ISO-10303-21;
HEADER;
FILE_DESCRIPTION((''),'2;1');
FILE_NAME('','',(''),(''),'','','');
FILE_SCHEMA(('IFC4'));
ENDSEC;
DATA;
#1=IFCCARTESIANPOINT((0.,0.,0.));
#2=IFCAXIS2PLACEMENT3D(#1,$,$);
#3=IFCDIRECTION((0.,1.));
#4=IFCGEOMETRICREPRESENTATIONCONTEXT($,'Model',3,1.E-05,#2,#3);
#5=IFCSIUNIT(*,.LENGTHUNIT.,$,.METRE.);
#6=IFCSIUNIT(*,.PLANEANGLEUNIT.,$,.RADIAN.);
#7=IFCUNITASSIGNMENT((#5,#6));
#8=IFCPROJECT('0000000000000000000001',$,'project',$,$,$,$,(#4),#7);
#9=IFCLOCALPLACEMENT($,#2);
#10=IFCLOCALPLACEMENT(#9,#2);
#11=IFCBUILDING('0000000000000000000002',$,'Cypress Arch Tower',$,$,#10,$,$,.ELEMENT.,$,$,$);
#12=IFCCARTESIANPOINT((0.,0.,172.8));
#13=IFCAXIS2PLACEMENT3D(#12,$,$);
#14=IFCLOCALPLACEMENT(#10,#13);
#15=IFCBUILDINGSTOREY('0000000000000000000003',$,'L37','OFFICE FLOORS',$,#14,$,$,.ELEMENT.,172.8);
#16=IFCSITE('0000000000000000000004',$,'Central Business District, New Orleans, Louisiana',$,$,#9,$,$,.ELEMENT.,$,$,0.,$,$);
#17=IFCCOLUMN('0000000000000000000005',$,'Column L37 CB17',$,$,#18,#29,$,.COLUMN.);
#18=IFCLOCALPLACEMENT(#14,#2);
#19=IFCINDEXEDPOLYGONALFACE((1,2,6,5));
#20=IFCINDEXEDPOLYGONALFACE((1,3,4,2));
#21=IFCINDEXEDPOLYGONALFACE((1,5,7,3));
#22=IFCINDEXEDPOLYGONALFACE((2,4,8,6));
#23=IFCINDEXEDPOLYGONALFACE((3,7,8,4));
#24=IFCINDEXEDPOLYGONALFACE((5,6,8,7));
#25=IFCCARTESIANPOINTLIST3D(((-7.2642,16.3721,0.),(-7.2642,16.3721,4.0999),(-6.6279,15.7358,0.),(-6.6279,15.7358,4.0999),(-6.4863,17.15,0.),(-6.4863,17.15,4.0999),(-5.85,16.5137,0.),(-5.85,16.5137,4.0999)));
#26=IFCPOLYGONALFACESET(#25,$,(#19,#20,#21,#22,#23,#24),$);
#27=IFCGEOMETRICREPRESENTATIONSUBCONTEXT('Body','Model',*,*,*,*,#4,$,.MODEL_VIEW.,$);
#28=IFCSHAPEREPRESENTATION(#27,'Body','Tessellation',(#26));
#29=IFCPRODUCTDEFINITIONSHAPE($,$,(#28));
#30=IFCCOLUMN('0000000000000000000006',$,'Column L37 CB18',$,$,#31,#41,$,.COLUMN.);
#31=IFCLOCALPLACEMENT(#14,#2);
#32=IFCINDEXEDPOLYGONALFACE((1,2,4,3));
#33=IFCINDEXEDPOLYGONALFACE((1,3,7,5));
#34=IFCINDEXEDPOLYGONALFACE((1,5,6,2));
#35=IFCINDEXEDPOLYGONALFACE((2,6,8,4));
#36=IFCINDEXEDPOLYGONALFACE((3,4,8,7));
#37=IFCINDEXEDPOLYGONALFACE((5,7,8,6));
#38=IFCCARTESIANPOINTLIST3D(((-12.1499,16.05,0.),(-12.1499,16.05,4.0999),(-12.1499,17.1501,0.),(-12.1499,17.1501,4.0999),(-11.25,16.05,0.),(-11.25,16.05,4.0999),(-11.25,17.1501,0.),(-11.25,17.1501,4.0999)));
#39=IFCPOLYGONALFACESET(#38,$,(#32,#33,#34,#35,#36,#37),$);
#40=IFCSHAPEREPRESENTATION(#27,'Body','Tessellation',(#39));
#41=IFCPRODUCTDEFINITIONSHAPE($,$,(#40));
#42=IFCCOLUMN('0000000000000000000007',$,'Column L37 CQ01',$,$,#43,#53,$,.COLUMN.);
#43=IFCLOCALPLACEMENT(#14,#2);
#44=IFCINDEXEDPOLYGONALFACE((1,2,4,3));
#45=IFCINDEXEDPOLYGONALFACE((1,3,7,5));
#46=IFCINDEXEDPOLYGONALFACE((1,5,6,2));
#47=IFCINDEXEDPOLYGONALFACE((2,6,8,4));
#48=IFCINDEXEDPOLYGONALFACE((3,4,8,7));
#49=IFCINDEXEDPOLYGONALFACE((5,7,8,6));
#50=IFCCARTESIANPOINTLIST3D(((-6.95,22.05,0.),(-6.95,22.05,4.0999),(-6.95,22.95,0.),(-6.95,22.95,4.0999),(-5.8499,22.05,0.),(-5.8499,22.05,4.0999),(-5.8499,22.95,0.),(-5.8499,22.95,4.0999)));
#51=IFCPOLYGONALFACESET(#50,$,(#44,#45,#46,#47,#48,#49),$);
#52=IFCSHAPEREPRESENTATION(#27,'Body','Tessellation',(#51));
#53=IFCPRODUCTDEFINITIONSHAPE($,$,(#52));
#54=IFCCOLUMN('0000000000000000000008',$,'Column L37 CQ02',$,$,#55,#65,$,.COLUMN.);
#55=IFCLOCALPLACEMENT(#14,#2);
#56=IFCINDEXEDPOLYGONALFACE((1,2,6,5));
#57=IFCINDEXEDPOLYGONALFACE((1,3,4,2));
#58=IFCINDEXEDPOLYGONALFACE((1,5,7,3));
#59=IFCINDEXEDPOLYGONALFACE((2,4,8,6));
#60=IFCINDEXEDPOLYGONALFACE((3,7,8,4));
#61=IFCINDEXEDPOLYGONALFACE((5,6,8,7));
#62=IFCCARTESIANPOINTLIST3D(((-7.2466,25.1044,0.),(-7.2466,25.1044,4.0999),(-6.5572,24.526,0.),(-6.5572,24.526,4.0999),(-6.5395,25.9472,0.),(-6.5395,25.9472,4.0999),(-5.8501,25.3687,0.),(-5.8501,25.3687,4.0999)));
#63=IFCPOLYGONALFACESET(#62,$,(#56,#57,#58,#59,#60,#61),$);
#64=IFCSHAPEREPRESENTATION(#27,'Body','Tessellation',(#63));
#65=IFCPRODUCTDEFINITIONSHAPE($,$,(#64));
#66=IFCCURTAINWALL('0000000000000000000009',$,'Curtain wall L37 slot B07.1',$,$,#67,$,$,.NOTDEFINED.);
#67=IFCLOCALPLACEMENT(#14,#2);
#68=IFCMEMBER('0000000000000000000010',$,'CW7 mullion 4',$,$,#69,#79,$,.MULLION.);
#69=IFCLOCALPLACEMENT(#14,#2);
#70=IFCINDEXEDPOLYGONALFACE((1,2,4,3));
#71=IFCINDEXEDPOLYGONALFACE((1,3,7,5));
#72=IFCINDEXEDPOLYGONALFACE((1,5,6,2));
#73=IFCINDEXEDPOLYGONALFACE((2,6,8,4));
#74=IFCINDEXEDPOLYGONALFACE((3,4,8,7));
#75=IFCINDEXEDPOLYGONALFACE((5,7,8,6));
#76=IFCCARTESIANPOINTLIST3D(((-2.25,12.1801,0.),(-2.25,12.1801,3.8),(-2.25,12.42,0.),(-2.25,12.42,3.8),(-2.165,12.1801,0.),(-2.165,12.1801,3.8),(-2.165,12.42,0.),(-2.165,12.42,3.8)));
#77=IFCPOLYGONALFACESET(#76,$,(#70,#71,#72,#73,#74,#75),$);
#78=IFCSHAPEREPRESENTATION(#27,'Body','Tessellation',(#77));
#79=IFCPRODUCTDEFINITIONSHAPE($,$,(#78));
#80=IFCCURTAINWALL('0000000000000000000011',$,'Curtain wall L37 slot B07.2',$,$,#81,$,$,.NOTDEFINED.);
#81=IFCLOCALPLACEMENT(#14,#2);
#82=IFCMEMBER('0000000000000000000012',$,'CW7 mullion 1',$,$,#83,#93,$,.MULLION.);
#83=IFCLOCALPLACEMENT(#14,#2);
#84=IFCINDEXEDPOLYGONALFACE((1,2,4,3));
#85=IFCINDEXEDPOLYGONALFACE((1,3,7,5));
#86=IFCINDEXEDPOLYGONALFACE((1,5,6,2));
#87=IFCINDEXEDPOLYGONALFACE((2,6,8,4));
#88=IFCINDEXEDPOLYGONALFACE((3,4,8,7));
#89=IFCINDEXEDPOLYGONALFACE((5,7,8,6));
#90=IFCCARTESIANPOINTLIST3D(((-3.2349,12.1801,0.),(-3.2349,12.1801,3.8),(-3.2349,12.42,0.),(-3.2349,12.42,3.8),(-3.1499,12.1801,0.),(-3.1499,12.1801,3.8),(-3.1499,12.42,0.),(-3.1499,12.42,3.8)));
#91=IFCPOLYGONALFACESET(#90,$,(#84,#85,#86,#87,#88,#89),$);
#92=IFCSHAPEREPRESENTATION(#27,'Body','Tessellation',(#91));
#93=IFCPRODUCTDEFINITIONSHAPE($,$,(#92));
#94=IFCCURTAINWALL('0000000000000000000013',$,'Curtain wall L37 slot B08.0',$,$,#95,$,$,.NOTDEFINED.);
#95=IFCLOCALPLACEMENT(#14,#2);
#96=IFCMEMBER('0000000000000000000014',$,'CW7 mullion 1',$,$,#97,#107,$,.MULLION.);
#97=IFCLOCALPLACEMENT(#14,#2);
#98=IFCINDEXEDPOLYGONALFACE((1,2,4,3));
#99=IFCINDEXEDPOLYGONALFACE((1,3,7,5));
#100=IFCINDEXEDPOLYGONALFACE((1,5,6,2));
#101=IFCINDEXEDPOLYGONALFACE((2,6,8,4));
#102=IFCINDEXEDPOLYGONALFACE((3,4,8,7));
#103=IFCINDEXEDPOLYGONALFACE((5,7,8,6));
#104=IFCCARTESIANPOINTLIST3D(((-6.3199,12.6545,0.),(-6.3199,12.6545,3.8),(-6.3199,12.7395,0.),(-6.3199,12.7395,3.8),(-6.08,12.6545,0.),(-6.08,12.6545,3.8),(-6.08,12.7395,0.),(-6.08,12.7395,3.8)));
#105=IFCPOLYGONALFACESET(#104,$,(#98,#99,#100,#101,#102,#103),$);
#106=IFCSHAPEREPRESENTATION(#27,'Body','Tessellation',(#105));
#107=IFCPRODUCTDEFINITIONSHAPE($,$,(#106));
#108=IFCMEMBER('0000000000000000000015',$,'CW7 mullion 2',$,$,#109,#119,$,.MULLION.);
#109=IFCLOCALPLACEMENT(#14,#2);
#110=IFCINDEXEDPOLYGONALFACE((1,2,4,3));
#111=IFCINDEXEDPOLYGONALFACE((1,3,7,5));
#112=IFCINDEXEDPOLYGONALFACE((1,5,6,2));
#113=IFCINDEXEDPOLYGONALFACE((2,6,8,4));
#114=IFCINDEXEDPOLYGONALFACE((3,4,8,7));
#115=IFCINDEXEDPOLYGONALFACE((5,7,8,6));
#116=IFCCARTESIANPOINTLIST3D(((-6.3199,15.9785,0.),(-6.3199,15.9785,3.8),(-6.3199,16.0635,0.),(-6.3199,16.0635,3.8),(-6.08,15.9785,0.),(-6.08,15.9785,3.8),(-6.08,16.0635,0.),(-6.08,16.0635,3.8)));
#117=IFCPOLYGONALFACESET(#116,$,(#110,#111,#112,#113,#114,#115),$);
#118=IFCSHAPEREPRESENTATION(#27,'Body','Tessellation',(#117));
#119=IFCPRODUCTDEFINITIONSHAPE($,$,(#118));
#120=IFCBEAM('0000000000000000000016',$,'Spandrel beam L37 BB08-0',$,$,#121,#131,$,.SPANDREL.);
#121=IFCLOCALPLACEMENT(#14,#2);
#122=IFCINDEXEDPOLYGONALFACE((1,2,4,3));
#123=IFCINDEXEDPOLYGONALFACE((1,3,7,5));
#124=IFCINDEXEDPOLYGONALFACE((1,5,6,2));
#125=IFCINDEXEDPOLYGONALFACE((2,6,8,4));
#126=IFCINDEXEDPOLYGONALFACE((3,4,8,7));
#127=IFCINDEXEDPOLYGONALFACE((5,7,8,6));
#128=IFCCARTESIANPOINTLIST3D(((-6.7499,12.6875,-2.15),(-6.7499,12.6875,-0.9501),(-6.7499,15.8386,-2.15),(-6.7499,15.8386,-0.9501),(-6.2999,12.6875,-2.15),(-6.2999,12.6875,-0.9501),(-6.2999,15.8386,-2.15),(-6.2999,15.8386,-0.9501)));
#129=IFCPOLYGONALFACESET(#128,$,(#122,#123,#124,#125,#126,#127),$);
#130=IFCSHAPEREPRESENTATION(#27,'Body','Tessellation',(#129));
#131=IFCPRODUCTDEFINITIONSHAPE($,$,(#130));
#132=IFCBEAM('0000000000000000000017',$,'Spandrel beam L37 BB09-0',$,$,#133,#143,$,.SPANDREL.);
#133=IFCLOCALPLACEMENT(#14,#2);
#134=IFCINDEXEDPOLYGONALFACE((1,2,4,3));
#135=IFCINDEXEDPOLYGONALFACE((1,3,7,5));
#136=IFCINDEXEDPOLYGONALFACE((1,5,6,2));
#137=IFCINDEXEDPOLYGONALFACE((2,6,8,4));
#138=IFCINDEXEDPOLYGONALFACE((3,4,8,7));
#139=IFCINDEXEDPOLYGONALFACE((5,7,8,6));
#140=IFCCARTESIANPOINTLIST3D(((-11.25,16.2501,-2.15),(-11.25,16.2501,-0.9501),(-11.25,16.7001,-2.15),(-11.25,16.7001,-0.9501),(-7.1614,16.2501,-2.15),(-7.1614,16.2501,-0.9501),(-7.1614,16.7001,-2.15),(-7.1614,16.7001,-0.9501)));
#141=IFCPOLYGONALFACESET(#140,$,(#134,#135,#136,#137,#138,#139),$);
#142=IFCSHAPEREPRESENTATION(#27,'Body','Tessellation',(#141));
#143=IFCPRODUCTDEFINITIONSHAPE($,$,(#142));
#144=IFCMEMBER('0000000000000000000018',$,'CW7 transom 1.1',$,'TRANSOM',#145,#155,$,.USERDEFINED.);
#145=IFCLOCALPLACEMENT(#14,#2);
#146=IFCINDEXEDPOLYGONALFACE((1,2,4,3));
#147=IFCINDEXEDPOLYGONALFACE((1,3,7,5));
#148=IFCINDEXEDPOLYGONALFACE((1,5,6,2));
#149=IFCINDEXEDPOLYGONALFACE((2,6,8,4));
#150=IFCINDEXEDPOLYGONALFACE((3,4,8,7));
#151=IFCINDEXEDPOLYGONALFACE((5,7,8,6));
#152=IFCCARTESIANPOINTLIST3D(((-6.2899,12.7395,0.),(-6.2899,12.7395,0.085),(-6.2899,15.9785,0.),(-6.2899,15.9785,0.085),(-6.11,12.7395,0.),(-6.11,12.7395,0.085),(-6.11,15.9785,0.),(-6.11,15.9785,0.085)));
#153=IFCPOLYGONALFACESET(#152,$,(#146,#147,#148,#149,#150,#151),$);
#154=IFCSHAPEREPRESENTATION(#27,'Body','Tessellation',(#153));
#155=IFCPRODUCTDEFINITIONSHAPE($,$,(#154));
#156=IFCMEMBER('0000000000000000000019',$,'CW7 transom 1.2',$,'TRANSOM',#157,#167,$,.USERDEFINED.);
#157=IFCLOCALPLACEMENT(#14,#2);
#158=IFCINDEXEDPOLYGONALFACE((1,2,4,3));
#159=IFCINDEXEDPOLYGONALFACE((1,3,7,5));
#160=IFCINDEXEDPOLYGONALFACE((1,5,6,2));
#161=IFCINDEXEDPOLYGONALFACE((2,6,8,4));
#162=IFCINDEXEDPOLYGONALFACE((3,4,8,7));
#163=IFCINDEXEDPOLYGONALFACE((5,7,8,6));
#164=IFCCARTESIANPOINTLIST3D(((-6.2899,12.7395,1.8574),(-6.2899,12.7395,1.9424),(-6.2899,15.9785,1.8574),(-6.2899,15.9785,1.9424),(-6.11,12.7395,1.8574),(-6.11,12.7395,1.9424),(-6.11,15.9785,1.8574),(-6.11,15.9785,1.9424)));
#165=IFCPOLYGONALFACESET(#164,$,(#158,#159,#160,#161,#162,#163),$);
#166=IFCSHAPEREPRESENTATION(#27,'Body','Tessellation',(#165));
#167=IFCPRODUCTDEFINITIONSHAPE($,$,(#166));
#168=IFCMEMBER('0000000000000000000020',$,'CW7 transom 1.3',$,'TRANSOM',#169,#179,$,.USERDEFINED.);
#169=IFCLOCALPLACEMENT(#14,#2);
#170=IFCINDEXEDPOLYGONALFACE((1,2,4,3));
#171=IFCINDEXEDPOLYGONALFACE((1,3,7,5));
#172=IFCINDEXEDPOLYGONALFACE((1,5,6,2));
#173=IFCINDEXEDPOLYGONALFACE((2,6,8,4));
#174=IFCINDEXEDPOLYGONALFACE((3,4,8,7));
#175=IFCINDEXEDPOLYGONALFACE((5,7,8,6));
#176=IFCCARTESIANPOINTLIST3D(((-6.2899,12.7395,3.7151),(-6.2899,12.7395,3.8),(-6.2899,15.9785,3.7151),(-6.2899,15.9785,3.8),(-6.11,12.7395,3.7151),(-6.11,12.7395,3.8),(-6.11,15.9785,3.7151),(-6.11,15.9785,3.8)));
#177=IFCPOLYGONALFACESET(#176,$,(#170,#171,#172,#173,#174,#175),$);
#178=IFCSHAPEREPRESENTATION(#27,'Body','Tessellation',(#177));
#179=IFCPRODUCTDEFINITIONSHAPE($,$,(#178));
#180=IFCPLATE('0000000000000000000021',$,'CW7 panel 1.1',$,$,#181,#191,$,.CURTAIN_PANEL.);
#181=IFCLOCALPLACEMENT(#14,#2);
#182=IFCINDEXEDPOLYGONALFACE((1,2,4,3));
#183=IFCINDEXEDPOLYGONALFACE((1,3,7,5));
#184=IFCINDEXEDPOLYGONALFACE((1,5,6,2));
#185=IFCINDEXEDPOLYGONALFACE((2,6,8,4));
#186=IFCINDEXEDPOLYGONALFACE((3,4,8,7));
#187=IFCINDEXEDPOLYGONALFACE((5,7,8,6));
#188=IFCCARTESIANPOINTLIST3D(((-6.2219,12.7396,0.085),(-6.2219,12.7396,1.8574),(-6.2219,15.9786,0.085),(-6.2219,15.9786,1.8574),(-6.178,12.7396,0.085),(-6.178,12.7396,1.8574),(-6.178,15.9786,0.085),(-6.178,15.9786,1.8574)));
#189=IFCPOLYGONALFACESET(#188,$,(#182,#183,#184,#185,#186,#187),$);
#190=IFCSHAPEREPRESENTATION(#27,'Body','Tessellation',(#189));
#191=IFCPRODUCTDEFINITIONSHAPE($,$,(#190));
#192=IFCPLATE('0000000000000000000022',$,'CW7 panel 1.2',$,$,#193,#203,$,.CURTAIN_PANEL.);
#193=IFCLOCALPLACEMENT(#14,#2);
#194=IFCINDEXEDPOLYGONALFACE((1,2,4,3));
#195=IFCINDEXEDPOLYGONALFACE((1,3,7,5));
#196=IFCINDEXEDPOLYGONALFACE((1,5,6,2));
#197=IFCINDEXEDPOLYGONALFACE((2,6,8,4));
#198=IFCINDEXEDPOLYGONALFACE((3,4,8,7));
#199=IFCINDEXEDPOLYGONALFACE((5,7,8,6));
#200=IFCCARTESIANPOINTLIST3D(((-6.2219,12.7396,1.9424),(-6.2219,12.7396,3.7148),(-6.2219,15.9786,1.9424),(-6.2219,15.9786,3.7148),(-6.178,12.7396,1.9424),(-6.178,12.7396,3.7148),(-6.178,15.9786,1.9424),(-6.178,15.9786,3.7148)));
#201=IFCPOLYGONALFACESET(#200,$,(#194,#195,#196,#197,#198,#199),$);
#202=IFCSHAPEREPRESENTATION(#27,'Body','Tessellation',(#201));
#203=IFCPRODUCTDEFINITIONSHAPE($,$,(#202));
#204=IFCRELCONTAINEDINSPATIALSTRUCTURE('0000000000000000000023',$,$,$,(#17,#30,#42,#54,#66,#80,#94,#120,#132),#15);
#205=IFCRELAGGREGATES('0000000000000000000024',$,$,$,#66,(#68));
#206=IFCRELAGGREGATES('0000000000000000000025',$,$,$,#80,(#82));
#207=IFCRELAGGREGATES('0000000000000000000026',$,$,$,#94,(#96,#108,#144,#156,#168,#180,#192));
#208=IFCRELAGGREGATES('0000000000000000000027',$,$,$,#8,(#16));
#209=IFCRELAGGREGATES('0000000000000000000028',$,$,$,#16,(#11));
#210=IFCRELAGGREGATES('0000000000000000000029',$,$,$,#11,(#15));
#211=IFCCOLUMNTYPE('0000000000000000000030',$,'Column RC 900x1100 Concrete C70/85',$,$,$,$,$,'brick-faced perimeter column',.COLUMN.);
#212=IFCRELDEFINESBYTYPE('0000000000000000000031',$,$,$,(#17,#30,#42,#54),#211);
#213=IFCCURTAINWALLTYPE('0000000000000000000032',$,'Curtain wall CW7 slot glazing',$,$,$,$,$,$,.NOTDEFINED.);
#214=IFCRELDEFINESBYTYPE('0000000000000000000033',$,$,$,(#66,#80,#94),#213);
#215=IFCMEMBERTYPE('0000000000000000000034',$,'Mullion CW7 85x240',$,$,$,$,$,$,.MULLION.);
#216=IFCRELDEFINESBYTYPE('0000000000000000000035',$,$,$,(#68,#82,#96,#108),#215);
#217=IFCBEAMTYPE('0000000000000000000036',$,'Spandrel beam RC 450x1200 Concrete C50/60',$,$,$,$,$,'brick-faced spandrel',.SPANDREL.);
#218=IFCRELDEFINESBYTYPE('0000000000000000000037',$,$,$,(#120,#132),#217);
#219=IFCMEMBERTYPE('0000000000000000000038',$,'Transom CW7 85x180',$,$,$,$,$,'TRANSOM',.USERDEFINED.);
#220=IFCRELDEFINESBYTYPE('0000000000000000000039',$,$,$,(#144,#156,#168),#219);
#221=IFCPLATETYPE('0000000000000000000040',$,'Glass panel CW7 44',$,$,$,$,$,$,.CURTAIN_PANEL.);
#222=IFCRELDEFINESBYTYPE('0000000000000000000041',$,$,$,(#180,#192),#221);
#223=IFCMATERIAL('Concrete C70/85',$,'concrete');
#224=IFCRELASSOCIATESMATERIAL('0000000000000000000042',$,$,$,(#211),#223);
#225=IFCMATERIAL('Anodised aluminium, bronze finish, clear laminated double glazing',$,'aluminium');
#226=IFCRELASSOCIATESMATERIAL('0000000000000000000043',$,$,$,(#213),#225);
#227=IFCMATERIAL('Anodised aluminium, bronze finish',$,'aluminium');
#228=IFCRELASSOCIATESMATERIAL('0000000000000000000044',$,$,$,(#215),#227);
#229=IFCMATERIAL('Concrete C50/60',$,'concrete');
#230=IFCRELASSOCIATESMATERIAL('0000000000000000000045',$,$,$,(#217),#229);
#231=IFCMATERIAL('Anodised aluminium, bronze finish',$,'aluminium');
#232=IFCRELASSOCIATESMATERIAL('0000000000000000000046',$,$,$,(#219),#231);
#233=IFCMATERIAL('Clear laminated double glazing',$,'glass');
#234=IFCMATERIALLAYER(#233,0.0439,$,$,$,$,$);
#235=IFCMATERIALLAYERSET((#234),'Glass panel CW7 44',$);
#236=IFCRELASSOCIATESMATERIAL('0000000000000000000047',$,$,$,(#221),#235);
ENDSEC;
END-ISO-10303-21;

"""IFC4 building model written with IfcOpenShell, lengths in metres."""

from ifc_helpers import new_model, si_unit, direction, frame, origin, origin_2d, place, context, subcontext, project, spatial, rectangle, extrude, material, layer, layer_set, material_profile, profile_set, type_object, element, aggregate, save


model = new_model("IFC4")

# Units and contexts
model_context = context("Model", 3, precision=1e-05, world=origin(), true_north=direction((0.0, 1.0)))
body_context = subcontext(model_context, "Body", "Model", "MODEL_VIEW")
ifc_project = project(units=[si_unit("LENGTHUNIT", "METRE"), si_unit("PLANEANGLEUNIT", "RADIAN")], contexts=[model_context])

# Site, building, storey
site_placement = place(None, origin())
site = spatial("IfcSite", under=ifc_project, at=site_placement, Name="Central Business District, New Orleans, Louisiana", CompositionType="ELEMENT", RefElevation=0.0)
building_placement = place(site_placement, origin())
building = spatial("IfcBuilding", under=site, at=building_placement, Name="Cypress Arch Tower", CompositionType="ELEMENT")
storey_placement = place(building_placement, frame((0.0, 0.0, 172.8)))
storey = spatial("IfcBuildingStorey", under=building, at=storey_placement, Name="L37", Description="OFFICE FLOORS", CompositionType="ELEMENT", Elevation=172.8)

# Columns
ifc_material_1 = material(Name="Concrete C70/85", Category="concrete")
ifc_material_profile_1 = material_profile(ifc_material_1, rectangle(XDim=0.8999, YDim=1.1001, at=origin_2d()), Name="RC 900x1100")
ifc_profile_set_1 = profile_set([ifc_material_profile_1], Name="Concrete C70/85")
column_type = type_object("IfcColumnType", Name="Column RC 900x1100 Concrete C70/85", ElementType="brick-faced perimeter column", PredefinedType="COLUMN", material=ifc_profile_set_1)
for number, where, z_axis, x_axis, name in (
    (1, (-6.5571, 16.4429, 0.0), (0.0, 0.0, 1.0), (-0.707107, 0.707107, 0.0), "Column L37 CB17"),
    (2, (-11.7, 16.6001, 0.0), (0.0, 0.0, 1.0), (-1.0, 0.0, 0.0), "Column L37 CB18"),
    (3, (-6.3999, 22.5, 0.0), (0.0, 0.0, 1.0), (0.0, 1.0, 0.0), "Column L37 CQ01"),
    (4, (-6.5483, 25.2366, 0.0), (0.0, 0.0, 1.0), (-0.766064, 0.642765, 0.0), "Column L37 CQ02"),
):
    element("IfcColumn", number, at=place(storey_placement, frame(where, z_axis=z_axis, x_axis=x_axis)), inside=storey, type_object=column_type, Name=name, PredefinedType="COLUMN", context=body_context, shape_type="SweptSolid", body=[
        extrude(rectangle(XDim=0.8999, YDim=1.1001, at=origin_2d()), origin(), (0.0, 0.0, 1.0), 4.0999),
    ])

# Curtain walls, members
ifc_material_2 = material(Name="Anodised aluminium, bronze finish, clear laminated double glazing", Category="aluminium")
curtain_wall_type = type_object("IfcCurtainWallType", Name="Curtain wall CW7 slot glazing", PredefinedType="NOTDEFINED", material=ifc_material_2)
curtain_wall_1_placement = place(storey_placement, origin())
curtain_wall_1 = element("IfcCurtainWall", 5, at=curtain_wall_1_placement, inside=storey, type_object=curtain_wall_type, Name="Curtain wall L37 slot B07.1", PredefinedType="NOTDEFINED")
ifc_material_3 = material(Name="Anodised aluminium, bronze finish", Category="aluminium")
ifc_material_profile_2 = material_profile(ifc_material_3, rectangle(XDim=0.24, YDim=0.085, at=origin_2d()), Name="Mullion 85x240")
ifc_profile_set_2 = profile_set([ifc_material_profile_2], Name="Anodised aluminium, bronze finish")
member_type_1 = type_object("IfcMemberType", Name="Mullion CW7 85x240", PredefinedType="MULLION", material=ifc_profile_set_2)
member_1_placement = place(storey_placement, frame((-2.2075, 12.3, 0.0), z_axis=(0.0, 0.0, 1.0), x_axis=(0.0, -1.0, 0.0)))
member_1 = element("IfcMember", 6, at=member_1_placement, type_object=member_type_1, Name="CW7 mullion 4", PredefinedType="MULLION", context=body_context, shape_type="SweptSolid", body=[
    extrude(rectangle(XDim=0.24, YDim=0.085, at=origin_2d()), origin(), (0.0, 0.0, 1.0), 3.8),
])
aggregate(curtain_wall_1, [member_1])
curtain_wall_2_placement = place(storey_placement, origin())
curtain_wall_2 = element("IfcCurtainWall", 7, at=curtain_wall_2_placement, inside=storey, type_object=curtain_wall_type, Name="Curtain wall L37 slot B07.2", PredefinedType="NOTDEFINED")
member_2_placement = place(storey_placement, frame((-3.1924, 12.3, 0.0), z_axis=(0.0, 0.0, 1.0), x_axis=(0.0, -1.0, 0.0)))
member_2 = element("IfcMember", 8, at=member_2_placement, type_object=member_type_1, Name="CW7 mullion 1", PredefinedType="MULLION", context=body_context, shape_type="SweptSolid", body=[
    extrude(rectangle(XDim=0.24, YDim=0.085, at=origin_2d()), origin(), (0.0, 0.0, 1.0), 3.8),
])
aggregate(curtain_wall_2, [member_2])

# Curtain wall, members
curtain_wall_3_placement = place(storey_placement, origin())
curtain_wall_3 = element("IfcCurtainWall", 9, at=curtain_wall_3_placement, inside=storey, type_object=curtain_wall_type, Name="Curtain wall L37 slot B08.0", PredefinedType="NOTDEFINED")
member_3_placement = place(storey_placement, frame((-6.2, 12.697, 0.0), z_axis=(0.0, 0.0, 1.0), x_axis=(-1.0, 0.0, 0.0)))
member_3 = element("IfcMember", 10, at=member_3_placement, type_object=member_type_1, Name="CW7 mullion 1", PredefinedType="MULLION", context=body_context, shape_type="SweptSolid", body=[
    extrude(rectangle(XDim=0.24, YDim=0.085, at=origin_2d()), origin(), (0.0, 0.0, 1.0), 3.8),
])
member_4_placement = place(storey_placement, frame((-6.2, 16.021, 0.0), z_axis=(0.0, 0.0, 1.0), x_axis=(-1.0, 0.0, 0.0)))
member_4 = element("IfcMember", 11, at=member_4_placement, type_object=member_type_1, Name="CW7 mullion 2", PredefinedType="MULLION", context=body_context, shape_type="SweptSolid", body=[
    extrude(rectangle(XDim=0.24, YDim=0.085, at=origin_2d()), origin(), (0.0, 0.0, 1.0), 3.8),
])

# Beams
ifc_material_4 = material(Name="Concrete C50/60", Category="concrete")
ifc_material_profile_3 = material_profile(ifc_material_4, rectangle(XDim=0.45, YDim=1.2, at=origin_2d()), Name="RC 450x1200")
ifc_profile_set_3 = profile_set([ifc_material_profile_3], Name="Concrete C50/60")
beam_type = type_object("IfcBeamType", Name="Spandrel beam RC 450x1200 Concrete C50/60", ElementType="brick-faced spandrel", PredefinedType="SPANDREL", material=ifc_profile_set_3)
beam_1_placement = place(storey_placement, frame((-6.5249, 12.6875, -1.55), z_axis=(0.0, 1.0, 0.0), x_axis=(-1.0, 0.0, 0.0)))
element("IfcBeam", 12, at=beam_1_placement, inside=storey, type_object=beam_type, Name="Spandrel beam L37 BB08-0", PredefinedType="SPANDREL", context=body_context, shape_type="SweptSolid", body=[
    extrude(rectangle(XDim=0.45, YDim=1.2, at=origin_2d()), origin(), (0.0, 0.0, 1.0), 3.1511),
])
beam_2_placement = place(storey_placement, frame((-7.1614, 16.4751, -1.55), z_axis=(-1.0, 0.0, 0.0), x_axis=(0.0, -1.0, 0.0)))
element("IfcBeam", 13, at=beam_2_placement, inside=storey, type_object=beam_type, Name="Spandrel beam L37 BB09-0", PredefinedType="SPANDREL", context=body_context, shape_type="SweptSolid", body=[
    extrude(rectangle(XDim=0.45, YDim=1.2, at=origin_2d()), origin(), (0.0, 0.0, 1.0), 4.0886),
])

# Members
ifc_material_5 = material(Name="Anodised aluminium, bronze finish", Category="aluminium")
ifc_material_profile_4 = material_profile(ifc_material_5, rectangle(XDim=0.1799, YDim=0.085, at=origin_2d()), Name="Transom 85x180")
ifc_profile_set_4 = profile_set([ifc_material_profile_4], Name="Anodised aluminium, bronze finish")
member_type_2 = type_object("IfcMemberType", Name="Transom CW7 85x180", ElementType="TRANSOM", PredefinedType="USERDEFINED", material=ifc_profile_set_4)
member_5_placement = place(storey_placement, frame((-6.2, 12.7395, 0.0425), z_axis=(0.0, 1.0, 0.0), x_axis=(-1.0, 0.0, 0.0)))
member_5 = element("IfcMember", 14, at=member_5_placement, type_object=member_type_2, Name="CW7 transom 1.1", ObjectType="TRANSOM", PredefinedType="USERDEFINED", context=body_context, shape_type="SweptSolid", body=[
    extrude(rectangle(XDim=0.1799, YDim=0.085, at=origin_2d()), origin(), (0.0, 0.0, 1.0), 3.239),
])
member_6_placement = place(storey_placement, frame((-6.2, 12.7395, 1.8999), z_axis=(0.0, 1.0, 0.0), x_axis=(-1.0, 0.0, 0.0)))
member_6 = element("IfcMember", 15, at=member_6_placement, type_object=member_type_2, Name="CW7 transom 1.2", ObjectType="TRANSOM", PredefinedType="USERDEFINED", context=body_context, shape_type="SweptSolid", body=[
    extrude(rectangle(XDim=0.1799, YDim=0.085, at=origin_2d()), origin(), (0.0, 0.0, 1.0), 3.239),
])
member_7_placement = place(storey_placement, frame((-6.2, 12.7395, 3.7576), z_axis=(0.0, 1.0, 0.0), x_axis=(-1.0, 0.0, 0.0)))
member_7 = element("IfcMember", 16, at=member_7_placement, type_object=member_type_2, Name="CW7 transom 1.3", ObjectType="TRANSOM", PredefinedType="USERDEFINED", context=body_context, shape_type="SweptSolid", body=[
    extrude(rectangle(XDim=0.1799, YDim=0.085, at=origin_2d()), origin(), (0.0, 0.0, 1.0), 3.239),
])

# Plates
ifc_material_6 = material(Name="Clear laminated double glazing", Category="glass")
ifc_layer_1 = layer(ifc_material_6, 0.0439)
ifc_layer_set_1 = layer_set([ifc_layer_1], Name="Glass panel CW7 44")
plate_type = type_object("IfcPlateType", Name="Glass panel CW7 44", PredefinedType="CURTAIN_PANEL", material=ifc_layer_set_1)
plate_1_placement = place(storey_placement, frame((-6.2, 14.3591, 0.085), z_axis=(0.0, 0.0, 1.0), x_axis=(0.0, 1.0, 0.0)))
plate_1 = element("IfcPlate", 17, at=plate_1_placement, type_object=plate_type, Name="CW7 panel 1.1", PredefinedType="CURTAIN_PANEL", context=body_context, shape_type="SweptSolid", body=[
    extrude(rectangle(XDim=3.239, YDim=0.0439, at=origin_2d()), origin(), (0.0, 0.0, 1.0), 1.7725),
])
plate_2_placement = place(storey_placement, frame((-6.2, 14.3591, 1.9424), z_axis=(0.0, 0.0, 1.0), x_axis=(0.0, 1.0, 0.0)))
plate_2 = element("IfcPlate", 18, at=plate_2_placement, type_object=plate_type, Name="CW7 panel 1.2", PredefinedType="CURTAIN_PANEL", context=body_context, shape_type="SweptSolid", body=[
    extrude(rectangle(XDim=3.239, YDim=0.0439, at=origin_2d()), origin(), (0.0, 0.0, 1.0), 1.7725),
])
aggregate(curtain_wall_3, [member_3, member_4, member_5, member_6, member_7, plate_1, plate_2])

save(model, "model.ifc")
